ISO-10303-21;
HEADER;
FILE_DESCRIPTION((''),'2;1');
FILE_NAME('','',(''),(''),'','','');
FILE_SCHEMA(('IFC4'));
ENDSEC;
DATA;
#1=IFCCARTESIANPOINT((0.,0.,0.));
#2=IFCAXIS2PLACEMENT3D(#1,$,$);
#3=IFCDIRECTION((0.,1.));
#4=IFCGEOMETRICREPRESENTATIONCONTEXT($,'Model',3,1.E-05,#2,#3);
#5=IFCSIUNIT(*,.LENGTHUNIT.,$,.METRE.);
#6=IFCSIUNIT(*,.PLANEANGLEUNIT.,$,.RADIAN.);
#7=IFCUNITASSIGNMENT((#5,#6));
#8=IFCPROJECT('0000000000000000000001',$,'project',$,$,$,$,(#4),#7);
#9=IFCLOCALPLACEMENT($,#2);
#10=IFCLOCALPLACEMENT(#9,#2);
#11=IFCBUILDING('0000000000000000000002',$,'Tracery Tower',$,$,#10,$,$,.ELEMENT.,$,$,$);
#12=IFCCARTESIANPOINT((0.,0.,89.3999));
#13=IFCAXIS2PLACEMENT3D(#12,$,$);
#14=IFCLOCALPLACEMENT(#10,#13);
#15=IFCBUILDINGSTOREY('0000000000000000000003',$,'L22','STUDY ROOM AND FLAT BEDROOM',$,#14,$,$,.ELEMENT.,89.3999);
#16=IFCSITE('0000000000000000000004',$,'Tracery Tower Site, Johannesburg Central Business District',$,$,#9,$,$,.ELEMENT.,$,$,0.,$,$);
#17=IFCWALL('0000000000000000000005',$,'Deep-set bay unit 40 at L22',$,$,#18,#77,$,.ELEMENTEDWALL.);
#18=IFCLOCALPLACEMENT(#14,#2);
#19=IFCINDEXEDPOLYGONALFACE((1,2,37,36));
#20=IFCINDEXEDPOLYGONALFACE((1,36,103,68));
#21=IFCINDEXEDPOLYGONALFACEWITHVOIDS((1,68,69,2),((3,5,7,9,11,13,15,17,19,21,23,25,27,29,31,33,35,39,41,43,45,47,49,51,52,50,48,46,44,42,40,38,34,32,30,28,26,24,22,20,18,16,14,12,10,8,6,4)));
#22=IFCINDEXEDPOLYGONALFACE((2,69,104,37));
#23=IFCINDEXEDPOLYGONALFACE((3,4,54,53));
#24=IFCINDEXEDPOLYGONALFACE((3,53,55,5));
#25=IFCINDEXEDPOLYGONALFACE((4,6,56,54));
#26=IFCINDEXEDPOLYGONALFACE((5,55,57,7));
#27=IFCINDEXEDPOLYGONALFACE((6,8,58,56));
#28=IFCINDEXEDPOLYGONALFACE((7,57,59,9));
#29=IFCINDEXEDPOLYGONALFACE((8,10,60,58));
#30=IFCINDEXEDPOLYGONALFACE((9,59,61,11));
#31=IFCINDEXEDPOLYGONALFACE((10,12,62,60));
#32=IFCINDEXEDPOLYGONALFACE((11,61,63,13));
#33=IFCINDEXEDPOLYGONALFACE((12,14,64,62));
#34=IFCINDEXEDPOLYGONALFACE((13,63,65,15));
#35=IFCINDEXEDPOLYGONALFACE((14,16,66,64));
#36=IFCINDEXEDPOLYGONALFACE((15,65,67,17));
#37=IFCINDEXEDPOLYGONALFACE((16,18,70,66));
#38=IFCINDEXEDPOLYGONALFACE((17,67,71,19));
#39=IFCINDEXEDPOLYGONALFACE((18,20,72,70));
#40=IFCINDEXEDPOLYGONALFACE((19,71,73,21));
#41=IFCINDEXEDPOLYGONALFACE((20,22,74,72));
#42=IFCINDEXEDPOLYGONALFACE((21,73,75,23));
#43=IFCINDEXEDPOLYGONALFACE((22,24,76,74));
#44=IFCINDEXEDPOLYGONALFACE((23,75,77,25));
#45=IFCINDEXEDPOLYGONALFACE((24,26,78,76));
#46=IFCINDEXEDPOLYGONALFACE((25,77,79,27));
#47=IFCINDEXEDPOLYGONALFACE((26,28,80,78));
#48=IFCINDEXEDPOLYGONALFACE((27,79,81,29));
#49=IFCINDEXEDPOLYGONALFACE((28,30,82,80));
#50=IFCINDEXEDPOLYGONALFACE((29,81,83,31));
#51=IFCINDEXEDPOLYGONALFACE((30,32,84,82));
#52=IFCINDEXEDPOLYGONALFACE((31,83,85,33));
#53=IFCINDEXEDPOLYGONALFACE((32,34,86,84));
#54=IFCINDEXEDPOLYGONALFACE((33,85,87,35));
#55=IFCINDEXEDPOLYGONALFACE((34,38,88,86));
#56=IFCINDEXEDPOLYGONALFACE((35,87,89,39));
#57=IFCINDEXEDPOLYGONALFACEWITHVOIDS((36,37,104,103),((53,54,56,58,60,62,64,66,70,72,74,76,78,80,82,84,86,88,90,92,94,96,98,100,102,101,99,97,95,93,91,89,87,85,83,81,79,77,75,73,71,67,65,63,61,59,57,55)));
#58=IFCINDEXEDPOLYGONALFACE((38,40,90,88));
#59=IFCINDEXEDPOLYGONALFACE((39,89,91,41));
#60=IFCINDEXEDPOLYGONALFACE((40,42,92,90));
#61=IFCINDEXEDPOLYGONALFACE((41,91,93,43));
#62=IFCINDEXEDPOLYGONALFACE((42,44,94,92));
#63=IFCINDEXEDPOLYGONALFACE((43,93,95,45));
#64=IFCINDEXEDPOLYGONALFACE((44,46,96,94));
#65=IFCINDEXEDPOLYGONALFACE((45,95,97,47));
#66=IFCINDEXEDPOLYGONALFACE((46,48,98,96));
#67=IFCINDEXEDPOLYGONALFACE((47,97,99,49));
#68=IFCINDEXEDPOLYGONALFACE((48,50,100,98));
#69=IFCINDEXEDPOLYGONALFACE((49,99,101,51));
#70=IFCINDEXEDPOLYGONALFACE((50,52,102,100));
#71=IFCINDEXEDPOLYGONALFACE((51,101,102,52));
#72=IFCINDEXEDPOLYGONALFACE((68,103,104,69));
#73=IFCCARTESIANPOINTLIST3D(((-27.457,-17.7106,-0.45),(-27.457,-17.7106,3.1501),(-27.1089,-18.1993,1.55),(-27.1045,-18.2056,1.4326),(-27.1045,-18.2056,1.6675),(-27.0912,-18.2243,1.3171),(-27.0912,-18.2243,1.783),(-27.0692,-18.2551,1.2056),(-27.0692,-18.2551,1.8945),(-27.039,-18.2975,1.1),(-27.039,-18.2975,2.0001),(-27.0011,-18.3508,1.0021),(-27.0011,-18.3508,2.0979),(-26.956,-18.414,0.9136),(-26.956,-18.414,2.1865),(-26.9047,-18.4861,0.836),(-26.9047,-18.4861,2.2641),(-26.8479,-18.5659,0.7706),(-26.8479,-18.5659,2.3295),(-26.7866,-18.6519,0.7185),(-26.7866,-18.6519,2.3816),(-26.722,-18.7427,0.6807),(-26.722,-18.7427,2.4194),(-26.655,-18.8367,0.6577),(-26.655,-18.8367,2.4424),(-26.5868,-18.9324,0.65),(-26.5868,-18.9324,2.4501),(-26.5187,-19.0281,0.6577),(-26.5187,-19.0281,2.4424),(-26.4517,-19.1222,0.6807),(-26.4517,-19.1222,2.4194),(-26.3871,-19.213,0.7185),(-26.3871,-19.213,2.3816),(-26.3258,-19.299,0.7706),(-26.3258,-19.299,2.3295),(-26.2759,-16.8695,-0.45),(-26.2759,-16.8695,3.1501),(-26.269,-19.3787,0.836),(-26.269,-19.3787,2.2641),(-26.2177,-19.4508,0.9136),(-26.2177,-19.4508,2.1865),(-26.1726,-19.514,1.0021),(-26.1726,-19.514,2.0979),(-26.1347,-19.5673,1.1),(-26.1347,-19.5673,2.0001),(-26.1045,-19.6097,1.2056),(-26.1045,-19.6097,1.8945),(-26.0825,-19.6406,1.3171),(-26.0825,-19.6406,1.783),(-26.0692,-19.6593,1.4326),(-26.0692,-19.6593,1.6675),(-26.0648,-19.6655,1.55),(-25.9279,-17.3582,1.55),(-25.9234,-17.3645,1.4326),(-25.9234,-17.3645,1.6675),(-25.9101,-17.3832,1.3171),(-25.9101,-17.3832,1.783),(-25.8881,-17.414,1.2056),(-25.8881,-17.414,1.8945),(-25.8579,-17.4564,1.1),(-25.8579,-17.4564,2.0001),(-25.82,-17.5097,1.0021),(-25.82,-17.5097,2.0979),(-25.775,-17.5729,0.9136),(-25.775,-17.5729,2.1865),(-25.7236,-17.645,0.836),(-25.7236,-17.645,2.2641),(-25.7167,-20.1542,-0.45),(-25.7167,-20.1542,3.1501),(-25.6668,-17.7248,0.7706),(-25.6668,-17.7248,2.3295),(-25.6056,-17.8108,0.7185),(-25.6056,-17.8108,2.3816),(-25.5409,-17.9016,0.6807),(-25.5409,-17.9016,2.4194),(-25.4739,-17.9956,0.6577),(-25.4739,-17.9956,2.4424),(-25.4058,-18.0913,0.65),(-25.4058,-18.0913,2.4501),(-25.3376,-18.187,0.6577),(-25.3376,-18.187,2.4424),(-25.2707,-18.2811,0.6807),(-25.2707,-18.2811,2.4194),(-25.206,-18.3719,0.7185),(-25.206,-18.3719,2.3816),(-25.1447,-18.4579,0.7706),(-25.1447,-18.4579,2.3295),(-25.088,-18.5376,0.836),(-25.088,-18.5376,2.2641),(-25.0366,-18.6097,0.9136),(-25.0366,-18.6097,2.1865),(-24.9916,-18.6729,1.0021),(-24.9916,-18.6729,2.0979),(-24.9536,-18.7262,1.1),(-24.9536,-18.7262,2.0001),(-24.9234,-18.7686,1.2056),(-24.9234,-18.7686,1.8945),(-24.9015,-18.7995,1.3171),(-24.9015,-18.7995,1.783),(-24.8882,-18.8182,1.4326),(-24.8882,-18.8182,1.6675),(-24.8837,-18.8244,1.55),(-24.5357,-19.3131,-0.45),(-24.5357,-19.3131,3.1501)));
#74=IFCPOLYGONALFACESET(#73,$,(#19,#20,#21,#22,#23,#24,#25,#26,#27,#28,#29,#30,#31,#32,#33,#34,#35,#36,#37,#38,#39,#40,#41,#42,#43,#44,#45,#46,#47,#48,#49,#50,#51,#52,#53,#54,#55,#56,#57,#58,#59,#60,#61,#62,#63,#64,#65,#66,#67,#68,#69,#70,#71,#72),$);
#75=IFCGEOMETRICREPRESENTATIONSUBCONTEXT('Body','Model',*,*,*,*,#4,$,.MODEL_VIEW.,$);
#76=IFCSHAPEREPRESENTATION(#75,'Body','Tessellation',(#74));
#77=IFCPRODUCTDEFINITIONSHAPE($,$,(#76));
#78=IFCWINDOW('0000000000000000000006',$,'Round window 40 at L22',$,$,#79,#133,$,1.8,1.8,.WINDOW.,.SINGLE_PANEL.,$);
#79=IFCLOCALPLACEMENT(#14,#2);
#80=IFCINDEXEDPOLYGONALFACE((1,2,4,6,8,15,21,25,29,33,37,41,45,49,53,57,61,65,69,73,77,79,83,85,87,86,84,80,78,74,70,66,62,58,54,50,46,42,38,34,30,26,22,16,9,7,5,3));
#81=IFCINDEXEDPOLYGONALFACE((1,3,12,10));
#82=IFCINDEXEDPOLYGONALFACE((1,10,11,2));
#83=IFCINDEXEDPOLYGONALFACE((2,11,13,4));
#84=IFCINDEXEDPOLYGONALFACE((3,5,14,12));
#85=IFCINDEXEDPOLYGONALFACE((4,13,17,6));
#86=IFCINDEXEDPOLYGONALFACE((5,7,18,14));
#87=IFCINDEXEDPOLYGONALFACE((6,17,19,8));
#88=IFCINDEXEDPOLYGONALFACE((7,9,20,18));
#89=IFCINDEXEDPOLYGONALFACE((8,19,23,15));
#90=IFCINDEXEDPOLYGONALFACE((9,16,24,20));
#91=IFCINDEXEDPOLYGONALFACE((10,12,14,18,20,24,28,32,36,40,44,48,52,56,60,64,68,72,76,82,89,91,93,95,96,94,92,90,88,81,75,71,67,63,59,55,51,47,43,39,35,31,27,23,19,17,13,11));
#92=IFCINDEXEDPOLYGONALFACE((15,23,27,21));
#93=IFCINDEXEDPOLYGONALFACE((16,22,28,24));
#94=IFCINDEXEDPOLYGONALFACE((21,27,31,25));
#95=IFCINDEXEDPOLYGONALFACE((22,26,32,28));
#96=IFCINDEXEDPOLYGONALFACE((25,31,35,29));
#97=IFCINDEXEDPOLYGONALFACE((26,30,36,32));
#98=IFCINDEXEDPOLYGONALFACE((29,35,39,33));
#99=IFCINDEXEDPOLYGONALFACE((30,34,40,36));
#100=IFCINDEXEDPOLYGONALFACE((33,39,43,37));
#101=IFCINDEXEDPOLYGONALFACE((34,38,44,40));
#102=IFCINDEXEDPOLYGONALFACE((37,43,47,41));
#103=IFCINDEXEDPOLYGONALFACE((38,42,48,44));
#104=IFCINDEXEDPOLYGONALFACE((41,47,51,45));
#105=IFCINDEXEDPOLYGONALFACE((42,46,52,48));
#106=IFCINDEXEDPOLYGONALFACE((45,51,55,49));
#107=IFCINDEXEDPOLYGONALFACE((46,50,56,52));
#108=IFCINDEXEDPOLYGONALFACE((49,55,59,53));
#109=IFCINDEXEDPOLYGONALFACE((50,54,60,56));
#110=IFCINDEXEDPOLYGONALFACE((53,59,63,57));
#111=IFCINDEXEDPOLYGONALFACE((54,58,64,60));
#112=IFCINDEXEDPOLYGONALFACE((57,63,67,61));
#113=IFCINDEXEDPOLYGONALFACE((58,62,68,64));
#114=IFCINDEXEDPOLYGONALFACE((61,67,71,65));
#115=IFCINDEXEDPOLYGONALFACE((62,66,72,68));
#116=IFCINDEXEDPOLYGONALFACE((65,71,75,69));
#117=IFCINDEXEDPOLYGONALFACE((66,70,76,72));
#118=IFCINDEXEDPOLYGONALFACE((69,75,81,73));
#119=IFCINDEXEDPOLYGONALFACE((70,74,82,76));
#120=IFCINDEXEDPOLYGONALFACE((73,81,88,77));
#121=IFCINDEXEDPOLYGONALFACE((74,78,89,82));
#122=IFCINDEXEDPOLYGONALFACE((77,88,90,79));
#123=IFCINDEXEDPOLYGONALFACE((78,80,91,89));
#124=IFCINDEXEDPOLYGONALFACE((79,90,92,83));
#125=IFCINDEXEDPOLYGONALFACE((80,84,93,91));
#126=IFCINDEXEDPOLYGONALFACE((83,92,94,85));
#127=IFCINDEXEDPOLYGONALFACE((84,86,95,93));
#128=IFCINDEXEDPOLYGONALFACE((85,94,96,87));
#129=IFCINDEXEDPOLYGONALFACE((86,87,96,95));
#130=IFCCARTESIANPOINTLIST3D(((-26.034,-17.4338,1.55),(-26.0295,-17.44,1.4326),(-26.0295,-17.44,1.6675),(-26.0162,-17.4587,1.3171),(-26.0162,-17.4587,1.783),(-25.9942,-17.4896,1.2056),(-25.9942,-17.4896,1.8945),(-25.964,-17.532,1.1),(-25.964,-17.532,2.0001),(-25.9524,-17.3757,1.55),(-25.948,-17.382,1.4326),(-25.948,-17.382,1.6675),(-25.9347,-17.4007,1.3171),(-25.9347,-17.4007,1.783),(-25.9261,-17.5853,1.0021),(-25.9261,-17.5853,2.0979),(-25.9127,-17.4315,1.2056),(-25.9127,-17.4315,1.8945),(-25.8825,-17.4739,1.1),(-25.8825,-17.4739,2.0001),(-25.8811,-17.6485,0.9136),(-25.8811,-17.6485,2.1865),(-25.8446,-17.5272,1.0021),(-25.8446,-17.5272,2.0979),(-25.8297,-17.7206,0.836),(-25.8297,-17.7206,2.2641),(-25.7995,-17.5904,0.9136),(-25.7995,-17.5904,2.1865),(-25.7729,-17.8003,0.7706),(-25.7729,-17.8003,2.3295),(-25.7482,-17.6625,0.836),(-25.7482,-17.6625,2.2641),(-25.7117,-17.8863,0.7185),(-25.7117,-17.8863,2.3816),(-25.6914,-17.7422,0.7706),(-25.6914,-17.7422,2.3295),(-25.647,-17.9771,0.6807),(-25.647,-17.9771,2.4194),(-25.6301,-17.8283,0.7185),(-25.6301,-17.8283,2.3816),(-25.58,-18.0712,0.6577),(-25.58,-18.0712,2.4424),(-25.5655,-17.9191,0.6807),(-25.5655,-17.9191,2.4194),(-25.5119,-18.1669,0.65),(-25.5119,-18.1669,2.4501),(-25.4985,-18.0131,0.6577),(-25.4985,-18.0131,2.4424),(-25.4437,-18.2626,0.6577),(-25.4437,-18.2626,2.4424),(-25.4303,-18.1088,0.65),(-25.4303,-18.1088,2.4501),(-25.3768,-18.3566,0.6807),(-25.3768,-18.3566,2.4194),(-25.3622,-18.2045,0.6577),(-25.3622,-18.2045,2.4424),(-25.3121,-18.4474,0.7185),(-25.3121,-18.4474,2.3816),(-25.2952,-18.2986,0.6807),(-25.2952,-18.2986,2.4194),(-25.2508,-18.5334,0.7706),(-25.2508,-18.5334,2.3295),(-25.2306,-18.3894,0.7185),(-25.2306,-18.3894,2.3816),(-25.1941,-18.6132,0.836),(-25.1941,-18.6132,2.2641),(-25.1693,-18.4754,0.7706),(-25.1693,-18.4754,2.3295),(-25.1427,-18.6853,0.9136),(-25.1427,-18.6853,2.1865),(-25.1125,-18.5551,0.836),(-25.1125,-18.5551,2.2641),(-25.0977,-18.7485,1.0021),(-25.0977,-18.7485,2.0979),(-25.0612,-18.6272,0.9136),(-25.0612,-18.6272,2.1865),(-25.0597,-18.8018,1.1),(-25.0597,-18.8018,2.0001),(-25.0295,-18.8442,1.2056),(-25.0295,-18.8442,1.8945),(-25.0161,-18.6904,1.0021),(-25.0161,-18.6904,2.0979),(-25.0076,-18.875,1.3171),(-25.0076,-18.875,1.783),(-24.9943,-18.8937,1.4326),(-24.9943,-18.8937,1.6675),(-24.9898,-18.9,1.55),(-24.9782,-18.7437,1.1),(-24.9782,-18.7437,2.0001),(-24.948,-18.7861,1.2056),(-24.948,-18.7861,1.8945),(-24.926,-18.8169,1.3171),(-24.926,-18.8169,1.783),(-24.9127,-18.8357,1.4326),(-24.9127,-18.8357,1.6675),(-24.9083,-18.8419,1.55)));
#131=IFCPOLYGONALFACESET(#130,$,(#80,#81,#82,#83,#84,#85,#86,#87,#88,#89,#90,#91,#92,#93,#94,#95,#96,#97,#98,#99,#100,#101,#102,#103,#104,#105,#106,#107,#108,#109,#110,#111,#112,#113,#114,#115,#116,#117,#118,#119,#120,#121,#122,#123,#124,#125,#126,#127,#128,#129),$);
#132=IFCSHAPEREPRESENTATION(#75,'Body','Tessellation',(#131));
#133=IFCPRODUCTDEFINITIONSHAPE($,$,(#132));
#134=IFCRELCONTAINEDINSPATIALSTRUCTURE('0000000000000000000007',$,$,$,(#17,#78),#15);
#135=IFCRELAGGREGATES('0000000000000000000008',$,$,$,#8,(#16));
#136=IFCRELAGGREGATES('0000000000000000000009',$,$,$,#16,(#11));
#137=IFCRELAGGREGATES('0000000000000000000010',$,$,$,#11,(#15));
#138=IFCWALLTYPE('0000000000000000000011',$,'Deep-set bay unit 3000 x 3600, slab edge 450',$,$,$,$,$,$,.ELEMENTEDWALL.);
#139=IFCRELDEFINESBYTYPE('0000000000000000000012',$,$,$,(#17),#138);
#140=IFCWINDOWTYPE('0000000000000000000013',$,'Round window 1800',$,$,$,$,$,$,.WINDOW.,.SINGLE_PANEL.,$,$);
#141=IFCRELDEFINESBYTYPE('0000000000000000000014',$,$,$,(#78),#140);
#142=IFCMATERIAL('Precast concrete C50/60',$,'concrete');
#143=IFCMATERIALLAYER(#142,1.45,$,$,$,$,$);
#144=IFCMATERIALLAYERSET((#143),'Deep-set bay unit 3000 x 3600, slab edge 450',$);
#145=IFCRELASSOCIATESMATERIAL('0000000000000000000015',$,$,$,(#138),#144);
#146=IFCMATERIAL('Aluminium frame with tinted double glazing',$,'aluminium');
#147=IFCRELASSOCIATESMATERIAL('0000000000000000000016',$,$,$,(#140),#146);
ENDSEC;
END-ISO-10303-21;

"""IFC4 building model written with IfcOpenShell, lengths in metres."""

from ifc_helpers import new_model, si_unit, direction, frame, frame_2d, origin, origin_2d, place, context, subcontext, project, spatial, rectangle, circle, extrude, material, layer, layer_set, type_object, element, fill, save


model = new_model("IFC4")

# Units and contexts
model_context = context("Model", 3, precision=1e-05, world=origin(), true_north=direction((0.0, 1.0)))
body_context = subcontext(model_context, "Body", "Model", "MODEL_VIEW")
ifc_project = project(units=[si_unit("LENGTHUNIT", "METRE"), si_unit("PLANEANGLEUNIT", "RADIAN")], contexts=[model_context])

# Site, building, storey
site_placement = place(None, origin())
site = spatial("IfcSite", under=ifc_project, at=site_placement, Name="Tracery Tower Site, Johannesburg Central Business District", CompositionType="ELEMENT", RefElevation=0.0)
building_placement = place(site_placement, origin())
building = spatial("IfcBuilding", under=site, at=building_placement, Name="Tracery Tower", CompositionType="ELEMENT")
storey_placement = place(building_placement, frame((0.0, 0.0, 89.3999)))
storey = spatial("IfcBuildingStorey", under=building, at=storey_placement, Name="L22", Description="STUDY ROOM AND FLAT BEDROOM", CompositionType="ELEMENT", Elevation=89.3999)

# Wall, opening, window
ifc_material_1 = material(Name="Precast concrete C50/60", Category="concrete")
ifc_layer_1 = layer(ifc_material_1, 1.45)
ifc_layer_set_1 = layer_set([ifc_layer_1], Name="Deep-set bay unit 3000 x 3600, slab edge 450")
wall_type_1 = type_object("IfcWallType", Name="Deep-set bay unit 3000 x 3600, slab edge 450", PredefinedType="ELEMENTEDWALL", material=ifc_layer_set_1)
wall_1_placement = place(storey_placement, frame((-26.8665, -17.29, -0.45), z_axis=(0.0, 0.0, 1.0), x_axis=(0.580091, -0.814552, 0.0)))
wall_1 = element("IfcWall", 1, at=wall_1_placement, inside=storey, type_object=wall_type_1, Name="Deep-set bay unit 40 at L22", PredefinedType="ELEMENTEDWALL", context=body_context, shape_type="SweptSolid", body=[
    extrude(rectangle(XDim=3.0, YDim=1.45, at=frame_2d((1.5, 0.0))), origin(), (0.0, 0.0, 1.0), 3.6001),
])
opening_1_placement = place(wall_1_placement, frame((1.5, 0.0, 2.0)))
opening_1 = element("IfcOpeningElement", 2, at=opening_1_placement, cuts=wall_1, PredefinedType="OPENING", context=body_context, shape_type="SweptSolid", body=[
    extrude(circle(Radius=0.9, at=origin_2d()), frame((0.0, 0.7349, 0.0), z_axis=(0.0, -1.0, 0.0), x_axis=(1.0, 0.0, 0.0)), (0.0, 0.0, 1.0), 1.47),
])
ifc_material_2 = material(Name="Aluminium frame with tinted double glazing", Category="aluminium")
window_type = type_object("IfcWindowType", Name="Round window 1800", PartitioningType="SINGLE_PANEL", PredefinedType="WINDOW", material=ifc_material_2)
window_1_placement = place(opening_1_placement, origin())
window_1 = element("IfcWindow", 3, at=window_1_placement, inside=storey, type_object=window_type, Name="Round window 40 at L22", OverallHeight=1.8, OverallWidth=1.8, PartitioningType="SINGLE_PANEL", PredefinedType="WINDOW", context=body_context, shape_type="SweptSolid", body=[
    extrude(circle(Radius=0.9, at=origin_2d()), frame((0.0, 0.6948, 0.0), z_axis=(0.0, -1.0, 0.0), x_axis=(1.0, 0.0, 0.0)), (0.0, 0.0, 1.0), 0.1001),
])
fill(opening_1, window_1)

save(model, "model.ifc")
